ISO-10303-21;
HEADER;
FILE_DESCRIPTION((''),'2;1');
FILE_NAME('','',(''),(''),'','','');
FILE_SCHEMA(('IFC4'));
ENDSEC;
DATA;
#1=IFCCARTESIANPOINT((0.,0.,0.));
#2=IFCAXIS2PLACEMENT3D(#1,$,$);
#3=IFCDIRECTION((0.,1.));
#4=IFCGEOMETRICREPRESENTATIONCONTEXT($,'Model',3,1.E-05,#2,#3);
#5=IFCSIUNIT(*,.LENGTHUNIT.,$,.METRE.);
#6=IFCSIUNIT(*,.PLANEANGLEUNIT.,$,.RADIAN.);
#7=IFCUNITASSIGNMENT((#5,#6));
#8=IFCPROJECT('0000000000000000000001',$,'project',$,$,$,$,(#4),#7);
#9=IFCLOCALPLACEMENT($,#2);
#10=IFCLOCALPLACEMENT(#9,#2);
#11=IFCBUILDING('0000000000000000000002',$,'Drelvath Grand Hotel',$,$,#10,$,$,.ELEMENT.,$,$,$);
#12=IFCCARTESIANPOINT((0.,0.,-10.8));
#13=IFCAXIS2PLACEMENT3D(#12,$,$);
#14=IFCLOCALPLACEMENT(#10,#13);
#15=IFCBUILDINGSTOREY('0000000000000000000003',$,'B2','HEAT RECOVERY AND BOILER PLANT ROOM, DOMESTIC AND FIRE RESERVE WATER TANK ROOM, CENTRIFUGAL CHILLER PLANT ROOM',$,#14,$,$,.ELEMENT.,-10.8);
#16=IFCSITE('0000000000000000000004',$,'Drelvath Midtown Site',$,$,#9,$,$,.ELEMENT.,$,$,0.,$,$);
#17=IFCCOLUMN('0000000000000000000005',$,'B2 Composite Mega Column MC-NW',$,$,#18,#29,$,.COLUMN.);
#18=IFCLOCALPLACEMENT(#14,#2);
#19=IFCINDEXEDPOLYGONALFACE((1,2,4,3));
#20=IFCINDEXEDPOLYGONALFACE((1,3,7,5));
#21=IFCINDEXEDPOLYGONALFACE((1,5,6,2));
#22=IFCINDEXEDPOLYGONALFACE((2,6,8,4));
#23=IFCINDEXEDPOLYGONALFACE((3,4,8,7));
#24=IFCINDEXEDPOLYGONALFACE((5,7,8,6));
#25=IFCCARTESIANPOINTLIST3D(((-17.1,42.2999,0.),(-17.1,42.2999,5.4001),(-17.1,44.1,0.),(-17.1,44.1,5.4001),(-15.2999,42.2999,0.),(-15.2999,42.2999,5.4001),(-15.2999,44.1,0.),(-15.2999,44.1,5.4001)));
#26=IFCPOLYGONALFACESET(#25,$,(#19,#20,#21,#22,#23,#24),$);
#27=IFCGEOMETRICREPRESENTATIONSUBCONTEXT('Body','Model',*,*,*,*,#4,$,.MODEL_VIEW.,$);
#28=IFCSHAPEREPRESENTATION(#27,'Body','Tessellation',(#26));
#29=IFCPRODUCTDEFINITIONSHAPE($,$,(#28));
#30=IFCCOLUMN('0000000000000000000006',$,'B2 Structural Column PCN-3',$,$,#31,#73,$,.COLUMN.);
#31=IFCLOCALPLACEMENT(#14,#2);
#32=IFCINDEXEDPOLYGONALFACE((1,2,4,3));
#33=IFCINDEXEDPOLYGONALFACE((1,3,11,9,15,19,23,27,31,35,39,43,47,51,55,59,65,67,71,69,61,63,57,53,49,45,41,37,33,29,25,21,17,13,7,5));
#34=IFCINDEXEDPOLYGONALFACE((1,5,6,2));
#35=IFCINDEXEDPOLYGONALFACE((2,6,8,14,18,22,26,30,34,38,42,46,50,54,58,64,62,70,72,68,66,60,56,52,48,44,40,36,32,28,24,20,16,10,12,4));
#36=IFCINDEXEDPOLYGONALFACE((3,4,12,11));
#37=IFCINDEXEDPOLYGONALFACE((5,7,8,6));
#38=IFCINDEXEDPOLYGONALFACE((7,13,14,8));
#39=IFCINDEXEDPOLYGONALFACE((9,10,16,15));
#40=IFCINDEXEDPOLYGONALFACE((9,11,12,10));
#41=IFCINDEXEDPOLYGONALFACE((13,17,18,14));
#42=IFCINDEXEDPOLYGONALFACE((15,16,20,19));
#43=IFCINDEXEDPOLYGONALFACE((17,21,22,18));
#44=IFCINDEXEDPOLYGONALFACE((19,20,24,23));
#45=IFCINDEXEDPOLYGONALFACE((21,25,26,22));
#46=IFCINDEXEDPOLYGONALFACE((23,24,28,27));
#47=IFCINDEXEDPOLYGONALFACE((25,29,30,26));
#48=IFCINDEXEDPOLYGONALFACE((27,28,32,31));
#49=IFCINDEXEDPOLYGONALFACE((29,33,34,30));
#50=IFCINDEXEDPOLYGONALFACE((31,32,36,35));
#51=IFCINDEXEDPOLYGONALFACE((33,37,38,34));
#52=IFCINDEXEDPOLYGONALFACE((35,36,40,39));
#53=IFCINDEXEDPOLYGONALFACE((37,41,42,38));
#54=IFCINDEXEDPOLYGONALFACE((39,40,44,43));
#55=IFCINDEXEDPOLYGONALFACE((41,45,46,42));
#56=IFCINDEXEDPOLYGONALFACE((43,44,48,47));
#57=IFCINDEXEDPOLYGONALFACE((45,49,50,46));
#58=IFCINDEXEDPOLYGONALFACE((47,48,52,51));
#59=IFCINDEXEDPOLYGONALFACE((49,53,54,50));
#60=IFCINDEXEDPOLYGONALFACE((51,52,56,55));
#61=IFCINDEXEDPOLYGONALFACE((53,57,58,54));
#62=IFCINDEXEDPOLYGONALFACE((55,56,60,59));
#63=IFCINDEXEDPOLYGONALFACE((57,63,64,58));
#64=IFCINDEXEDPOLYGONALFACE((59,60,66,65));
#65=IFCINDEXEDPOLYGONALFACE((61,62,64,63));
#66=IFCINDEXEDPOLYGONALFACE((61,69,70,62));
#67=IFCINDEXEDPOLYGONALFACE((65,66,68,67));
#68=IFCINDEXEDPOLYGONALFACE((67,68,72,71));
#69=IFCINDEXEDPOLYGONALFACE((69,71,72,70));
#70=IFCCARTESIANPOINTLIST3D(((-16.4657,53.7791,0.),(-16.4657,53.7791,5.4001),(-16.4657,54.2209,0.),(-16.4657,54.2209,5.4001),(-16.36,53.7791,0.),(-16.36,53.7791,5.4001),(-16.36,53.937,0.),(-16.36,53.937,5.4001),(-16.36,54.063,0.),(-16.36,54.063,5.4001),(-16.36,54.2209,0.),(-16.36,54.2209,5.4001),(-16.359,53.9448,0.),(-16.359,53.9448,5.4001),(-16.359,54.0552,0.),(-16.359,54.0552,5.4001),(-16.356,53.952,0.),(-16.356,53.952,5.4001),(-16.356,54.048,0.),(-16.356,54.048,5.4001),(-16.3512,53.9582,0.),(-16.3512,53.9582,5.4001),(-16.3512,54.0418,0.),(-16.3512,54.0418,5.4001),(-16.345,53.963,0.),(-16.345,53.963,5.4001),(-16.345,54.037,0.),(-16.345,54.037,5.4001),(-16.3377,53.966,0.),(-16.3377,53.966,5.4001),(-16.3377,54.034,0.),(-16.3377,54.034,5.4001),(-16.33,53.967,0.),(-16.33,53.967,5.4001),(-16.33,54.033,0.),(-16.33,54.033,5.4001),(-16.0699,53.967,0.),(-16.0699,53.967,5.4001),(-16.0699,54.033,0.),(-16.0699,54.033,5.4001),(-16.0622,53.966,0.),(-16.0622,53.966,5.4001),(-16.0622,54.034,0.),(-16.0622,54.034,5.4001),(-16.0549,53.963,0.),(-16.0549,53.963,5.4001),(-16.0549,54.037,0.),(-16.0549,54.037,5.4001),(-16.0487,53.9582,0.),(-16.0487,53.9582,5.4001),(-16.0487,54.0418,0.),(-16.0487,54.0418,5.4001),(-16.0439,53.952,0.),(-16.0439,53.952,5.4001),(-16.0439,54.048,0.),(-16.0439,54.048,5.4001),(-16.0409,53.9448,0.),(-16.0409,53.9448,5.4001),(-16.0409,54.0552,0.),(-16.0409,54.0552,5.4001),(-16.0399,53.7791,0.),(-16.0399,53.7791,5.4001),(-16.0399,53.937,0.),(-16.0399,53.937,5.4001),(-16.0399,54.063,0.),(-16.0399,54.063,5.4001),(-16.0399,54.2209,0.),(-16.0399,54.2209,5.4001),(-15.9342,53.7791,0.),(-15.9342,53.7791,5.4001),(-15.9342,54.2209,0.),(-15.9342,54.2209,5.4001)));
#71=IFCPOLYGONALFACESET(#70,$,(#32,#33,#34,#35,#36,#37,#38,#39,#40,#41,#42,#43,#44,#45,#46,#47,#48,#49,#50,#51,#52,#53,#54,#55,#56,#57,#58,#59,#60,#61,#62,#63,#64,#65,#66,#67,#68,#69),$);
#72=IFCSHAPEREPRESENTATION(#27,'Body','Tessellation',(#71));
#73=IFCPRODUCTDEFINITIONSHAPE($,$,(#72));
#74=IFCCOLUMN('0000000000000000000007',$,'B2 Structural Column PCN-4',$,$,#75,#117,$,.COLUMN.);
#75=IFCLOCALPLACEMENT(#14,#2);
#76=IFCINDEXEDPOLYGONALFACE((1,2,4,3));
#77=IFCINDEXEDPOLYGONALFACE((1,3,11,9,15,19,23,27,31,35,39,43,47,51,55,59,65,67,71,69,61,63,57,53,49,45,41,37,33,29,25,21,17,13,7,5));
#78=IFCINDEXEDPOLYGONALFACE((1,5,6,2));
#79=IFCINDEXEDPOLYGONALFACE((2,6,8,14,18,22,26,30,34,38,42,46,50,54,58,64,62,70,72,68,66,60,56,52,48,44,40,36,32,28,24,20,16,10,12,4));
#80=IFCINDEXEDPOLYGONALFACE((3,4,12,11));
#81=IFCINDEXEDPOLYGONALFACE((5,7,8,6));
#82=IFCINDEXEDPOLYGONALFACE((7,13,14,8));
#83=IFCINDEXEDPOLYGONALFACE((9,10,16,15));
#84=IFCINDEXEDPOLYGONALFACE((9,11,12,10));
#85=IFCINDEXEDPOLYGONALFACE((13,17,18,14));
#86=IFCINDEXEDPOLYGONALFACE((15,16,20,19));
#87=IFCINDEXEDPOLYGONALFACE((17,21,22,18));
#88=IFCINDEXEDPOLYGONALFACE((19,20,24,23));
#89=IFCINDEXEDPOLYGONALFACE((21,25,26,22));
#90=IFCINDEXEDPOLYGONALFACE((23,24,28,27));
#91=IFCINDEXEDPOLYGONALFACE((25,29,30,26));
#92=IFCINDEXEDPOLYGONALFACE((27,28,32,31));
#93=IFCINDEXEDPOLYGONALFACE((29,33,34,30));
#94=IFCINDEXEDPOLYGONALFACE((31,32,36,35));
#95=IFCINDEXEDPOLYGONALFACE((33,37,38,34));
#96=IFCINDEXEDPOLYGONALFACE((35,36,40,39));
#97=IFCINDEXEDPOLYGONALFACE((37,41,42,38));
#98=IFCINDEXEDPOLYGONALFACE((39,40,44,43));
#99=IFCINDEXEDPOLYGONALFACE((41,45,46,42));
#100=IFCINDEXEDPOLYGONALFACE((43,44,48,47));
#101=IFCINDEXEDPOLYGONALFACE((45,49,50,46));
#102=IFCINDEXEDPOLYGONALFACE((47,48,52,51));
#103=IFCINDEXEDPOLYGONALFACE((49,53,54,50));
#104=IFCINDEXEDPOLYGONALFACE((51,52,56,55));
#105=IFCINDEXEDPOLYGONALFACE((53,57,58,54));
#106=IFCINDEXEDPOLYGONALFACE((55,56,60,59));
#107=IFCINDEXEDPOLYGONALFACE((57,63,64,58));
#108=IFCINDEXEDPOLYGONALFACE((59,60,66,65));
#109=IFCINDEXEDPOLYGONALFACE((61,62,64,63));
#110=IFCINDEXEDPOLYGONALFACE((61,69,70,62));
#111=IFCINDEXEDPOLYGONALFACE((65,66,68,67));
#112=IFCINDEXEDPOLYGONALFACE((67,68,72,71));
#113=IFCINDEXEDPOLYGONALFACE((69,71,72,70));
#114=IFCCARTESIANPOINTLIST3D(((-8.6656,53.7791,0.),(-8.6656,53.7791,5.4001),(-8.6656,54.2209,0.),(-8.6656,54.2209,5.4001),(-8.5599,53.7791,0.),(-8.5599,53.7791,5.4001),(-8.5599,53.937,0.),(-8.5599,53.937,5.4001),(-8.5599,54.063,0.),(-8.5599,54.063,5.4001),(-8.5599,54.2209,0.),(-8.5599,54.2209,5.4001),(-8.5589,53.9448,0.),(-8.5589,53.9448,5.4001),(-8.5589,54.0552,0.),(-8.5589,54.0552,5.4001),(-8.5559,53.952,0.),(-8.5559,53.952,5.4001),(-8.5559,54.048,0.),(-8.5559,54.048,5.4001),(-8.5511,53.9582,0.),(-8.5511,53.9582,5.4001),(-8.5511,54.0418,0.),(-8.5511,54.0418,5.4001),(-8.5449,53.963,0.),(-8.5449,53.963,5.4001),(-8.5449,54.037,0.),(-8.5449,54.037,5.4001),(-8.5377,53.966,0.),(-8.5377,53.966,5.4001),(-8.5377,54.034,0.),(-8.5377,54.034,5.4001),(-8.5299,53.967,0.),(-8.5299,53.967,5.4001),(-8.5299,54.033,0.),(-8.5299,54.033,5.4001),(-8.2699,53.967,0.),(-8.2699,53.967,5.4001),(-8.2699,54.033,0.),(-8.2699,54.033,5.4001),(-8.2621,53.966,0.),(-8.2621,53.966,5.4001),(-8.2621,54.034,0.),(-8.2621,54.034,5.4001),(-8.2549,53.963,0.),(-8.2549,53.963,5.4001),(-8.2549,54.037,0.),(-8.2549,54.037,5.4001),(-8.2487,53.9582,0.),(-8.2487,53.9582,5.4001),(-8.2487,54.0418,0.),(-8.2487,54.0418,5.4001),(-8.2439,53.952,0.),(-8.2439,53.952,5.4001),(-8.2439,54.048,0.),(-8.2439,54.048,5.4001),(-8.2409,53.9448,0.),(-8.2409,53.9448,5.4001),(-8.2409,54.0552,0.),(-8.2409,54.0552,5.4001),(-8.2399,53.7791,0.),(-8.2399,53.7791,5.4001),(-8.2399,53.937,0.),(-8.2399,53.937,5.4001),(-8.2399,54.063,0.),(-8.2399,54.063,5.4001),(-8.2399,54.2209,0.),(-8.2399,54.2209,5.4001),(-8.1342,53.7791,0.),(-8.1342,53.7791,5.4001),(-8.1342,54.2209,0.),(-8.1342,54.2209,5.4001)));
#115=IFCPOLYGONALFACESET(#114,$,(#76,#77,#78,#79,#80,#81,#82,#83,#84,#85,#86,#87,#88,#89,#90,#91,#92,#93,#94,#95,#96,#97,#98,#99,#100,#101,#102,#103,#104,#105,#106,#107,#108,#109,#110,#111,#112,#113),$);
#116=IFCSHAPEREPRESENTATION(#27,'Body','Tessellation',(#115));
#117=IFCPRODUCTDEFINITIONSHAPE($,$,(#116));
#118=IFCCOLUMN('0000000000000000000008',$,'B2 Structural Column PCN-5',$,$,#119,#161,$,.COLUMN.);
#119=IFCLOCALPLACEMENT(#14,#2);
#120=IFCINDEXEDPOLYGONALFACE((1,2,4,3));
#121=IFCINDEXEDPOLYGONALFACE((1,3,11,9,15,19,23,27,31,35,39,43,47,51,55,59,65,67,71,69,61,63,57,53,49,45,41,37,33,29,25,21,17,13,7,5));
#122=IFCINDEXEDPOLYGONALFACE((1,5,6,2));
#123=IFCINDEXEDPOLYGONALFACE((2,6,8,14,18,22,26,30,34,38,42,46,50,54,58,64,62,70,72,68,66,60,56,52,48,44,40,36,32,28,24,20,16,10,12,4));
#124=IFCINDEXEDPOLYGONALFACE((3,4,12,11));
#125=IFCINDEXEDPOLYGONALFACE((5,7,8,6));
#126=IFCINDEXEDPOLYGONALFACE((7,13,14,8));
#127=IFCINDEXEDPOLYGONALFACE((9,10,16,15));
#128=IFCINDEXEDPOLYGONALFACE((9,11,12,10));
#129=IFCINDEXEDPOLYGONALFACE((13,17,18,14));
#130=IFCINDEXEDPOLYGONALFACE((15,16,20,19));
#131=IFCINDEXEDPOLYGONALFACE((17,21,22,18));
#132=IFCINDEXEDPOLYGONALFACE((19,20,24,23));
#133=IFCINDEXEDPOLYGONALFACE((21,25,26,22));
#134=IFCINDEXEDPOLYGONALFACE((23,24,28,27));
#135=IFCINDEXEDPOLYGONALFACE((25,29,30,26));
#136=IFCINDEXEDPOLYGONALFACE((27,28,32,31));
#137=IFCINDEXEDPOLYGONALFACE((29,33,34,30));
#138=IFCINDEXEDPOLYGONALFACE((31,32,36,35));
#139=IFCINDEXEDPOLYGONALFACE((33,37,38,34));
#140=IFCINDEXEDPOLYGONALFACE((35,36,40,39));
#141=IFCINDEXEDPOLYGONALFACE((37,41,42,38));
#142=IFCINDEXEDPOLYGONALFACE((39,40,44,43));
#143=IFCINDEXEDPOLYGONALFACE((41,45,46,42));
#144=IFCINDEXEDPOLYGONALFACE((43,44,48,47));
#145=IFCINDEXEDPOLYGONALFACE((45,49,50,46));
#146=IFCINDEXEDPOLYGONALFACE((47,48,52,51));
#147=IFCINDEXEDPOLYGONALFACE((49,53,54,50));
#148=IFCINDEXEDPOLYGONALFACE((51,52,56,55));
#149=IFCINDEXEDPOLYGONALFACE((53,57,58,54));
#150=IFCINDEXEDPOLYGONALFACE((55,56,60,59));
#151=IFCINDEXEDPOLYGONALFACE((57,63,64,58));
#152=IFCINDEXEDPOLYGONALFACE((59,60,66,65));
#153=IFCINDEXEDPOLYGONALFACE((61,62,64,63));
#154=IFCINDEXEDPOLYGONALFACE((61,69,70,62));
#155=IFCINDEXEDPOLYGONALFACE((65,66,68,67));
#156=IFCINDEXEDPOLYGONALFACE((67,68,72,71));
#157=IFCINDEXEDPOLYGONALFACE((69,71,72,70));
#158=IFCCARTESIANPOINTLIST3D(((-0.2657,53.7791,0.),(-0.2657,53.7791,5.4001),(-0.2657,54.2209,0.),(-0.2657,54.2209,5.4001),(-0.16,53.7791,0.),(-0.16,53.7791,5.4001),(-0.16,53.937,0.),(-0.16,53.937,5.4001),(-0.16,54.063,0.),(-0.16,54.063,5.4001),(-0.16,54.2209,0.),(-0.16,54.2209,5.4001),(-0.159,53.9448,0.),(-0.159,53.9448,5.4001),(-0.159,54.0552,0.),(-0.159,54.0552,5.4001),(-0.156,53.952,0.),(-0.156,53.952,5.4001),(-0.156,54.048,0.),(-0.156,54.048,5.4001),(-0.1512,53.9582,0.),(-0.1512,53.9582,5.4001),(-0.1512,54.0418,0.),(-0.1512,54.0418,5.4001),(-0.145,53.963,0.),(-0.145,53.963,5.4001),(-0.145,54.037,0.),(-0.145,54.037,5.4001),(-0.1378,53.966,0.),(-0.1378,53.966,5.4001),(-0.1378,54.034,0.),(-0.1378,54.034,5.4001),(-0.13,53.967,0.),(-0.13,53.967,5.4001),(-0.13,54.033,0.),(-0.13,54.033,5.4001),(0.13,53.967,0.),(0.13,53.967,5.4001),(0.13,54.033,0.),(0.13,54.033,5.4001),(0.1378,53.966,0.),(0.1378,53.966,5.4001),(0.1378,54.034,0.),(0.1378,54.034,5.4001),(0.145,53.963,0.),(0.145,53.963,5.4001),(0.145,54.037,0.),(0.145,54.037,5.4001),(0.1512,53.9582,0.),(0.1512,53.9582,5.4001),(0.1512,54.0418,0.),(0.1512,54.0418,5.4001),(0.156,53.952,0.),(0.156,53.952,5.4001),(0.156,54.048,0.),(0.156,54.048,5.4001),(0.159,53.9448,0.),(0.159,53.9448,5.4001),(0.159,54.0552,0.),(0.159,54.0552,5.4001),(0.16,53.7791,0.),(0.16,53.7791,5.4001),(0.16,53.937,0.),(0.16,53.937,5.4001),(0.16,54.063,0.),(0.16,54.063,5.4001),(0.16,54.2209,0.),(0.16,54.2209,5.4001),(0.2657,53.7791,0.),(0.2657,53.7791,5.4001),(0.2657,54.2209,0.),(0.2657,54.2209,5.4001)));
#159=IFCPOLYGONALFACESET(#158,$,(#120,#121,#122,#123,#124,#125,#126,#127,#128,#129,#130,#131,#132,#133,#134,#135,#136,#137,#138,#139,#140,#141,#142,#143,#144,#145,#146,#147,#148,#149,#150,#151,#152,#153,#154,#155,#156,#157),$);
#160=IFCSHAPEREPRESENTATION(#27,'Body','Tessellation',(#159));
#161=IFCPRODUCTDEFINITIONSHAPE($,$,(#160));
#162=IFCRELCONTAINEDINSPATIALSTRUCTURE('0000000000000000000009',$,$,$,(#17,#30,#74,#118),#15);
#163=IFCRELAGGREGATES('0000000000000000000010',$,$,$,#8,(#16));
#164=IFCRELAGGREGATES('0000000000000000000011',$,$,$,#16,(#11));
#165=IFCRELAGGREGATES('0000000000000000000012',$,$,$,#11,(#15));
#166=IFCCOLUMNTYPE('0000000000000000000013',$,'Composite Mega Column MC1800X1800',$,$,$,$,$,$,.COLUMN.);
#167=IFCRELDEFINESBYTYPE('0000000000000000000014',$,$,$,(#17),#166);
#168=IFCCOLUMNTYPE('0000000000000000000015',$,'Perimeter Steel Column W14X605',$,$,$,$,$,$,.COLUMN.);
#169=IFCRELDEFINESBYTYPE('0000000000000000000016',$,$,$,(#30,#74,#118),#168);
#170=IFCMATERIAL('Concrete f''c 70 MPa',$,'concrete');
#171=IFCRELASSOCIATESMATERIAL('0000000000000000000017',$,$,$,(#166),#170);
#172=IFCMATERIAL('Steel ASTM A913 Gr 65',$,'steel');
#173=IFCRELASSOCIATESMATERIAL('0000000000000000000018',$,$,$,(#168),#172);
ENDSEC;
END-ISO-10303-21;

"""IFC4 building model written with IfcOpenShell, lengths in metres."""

from ifc_helpers import new_model, si_unit, direction, frame, origin, origin_2d, place, context, subcontext, project, spatial, rectangle, i_section, extrude, material, material_profile, profile_set, type_object, element, save


model = new_model("IFC4")

# Units and contexts
model_context = context("Model", 3, precision=1e-05, world=origin(), true_north=direction((0.0, 1.0)))
body_context = subcontext(model_context, "Body", "Model", "MODEL_VIEW")
ifc_project = project(units=[si_unit("LENGTHUNIT", "METRE"), si_unit("PLANEANGLEUNIT", "RADIAN")], contexts=[model_context])

# Site, building, storey
site_placement = place(None, origin())
site = spatial("IfcSite", under=ifc_project, at=site_placement, Name="Drelvath Midtown Site", CompositionType="ELEMENT", RefElevation=0.0)
building_placement = place(site_placement, origin())
building = spatial("IfcBuilding", under=site, at=building_placement, Name="Drelvath Grand Hotel", CompositionType="ELEMENT")
storey_placement = place(building_placement, frame((0.0, 0.0, -10.8)))
storey = spatial("IfcBuildingStorey", under=building, at=storey_placement, Name="B2", Description="HEAT RECOVERY AND BOILER PLANT ROOM, DOMESTIC AND FIRE RESERVE WATER TANK ROOM, CENTRIFUGAL CHILLER PLANT ROOM", CompositionType="ELEMENT", Elevation=-10.8)

# Columns
ifc_material_1 = material(Name="Concrete f'c 70 MPa", Category="concrete")
ifc_material_profile_1 = material_profile(ifc_material_1, rectangle(XDim=1.8, YDim=1.8, at=origin_2d()), Name="MC1800X1800")
ifc_profile_set_1 = profile_set([ifc_material_profile_1], Name="Concrete f'c 70 MPa")
column_type_1 = type_object("IfcColumnType", Name="Composite Mega Column MC1800X1800", PredefinedType="COLUMN", material=ifc_profile_set_1)
column_placement = place(storey_placement, frame((-16.2, 43.2, 0.0), z_axis=(0.0, 0.0, 1.0), x_axis=(1.0, 0.0, 0.0)))
element("IfcColumn", 1, at=column_placement, inside=storey, type_object=column_type_1, Name="B2 Composite Mega Column MC-NW", PredefinedType="COLUMN", context=body_context, shape_type="SweptSolid", body=[
    extrude(rectangle(XDim=1.8, YDim=1.8, at=origin_2d()), origin(), (0.0, 0.0, 1.0), 5.4001),
])
ifc_material_2 = material(Name="Steel ASTM A913 Gr 65", Category="steel")
ifc_material_profile_2 = material_profile(ifc_material_2, i_section(OverallWidth=0.4419, OverallDepth=0.5315, WebThickness=0.0659, FlangeThickness=0.1057, FilletRadius=0.03, at=origin_2d()), Name="W14X605")
ifc_profile_set_2 = profile_set([ifc_material_profile_2], Name="Steel ASTM A913 Gr 65")
column_type_2 = type_object("IfcColumnType", Name="Perimeter Steel Column W14X605", PredefinedType="COLUMN", material=ifc_profile_set_2)
for number, where, z_axis, x_axis, name in (
    (2, (-16.2, 54.0, 0.0), (0.0, 0.0, 1.0), (0.0, 1.0, 0.0), "B2 Structural Column PCN-3"),
    (3, (-8.3999, 54.0, 0.0), (0.0, 0.0, 1.0), (0.0, 1.0, 0.0), "B2 Structural Column PCN-4"),
    (4, (0.0, 54.0, 0.0), (0.0, 0.0, 1.0), (0.0, 1.0, 0.0), "B2 Structural Column PCN-5"),
):
    element("IfcColumn", number, at=place(storey_placement, frame(where, z_axis=z_axis, x_axis=x_axis)), inside=storey, type_object=column_type_2, Name=name, PredefinedType="COLUMN", context=body_context, shape_type="SweptSolid", body=[
        extrude(i_section(OverallWidth=0.4419, OverallDepth=0.5315, WebThickness=0.0659, FlangeThickness=0.1057, FilletRadius=0.03, at=origin_2d()), origin(), (0.0, 0.0, 1.0), 5.4001),
    ])

save(model, "model.ifc")
